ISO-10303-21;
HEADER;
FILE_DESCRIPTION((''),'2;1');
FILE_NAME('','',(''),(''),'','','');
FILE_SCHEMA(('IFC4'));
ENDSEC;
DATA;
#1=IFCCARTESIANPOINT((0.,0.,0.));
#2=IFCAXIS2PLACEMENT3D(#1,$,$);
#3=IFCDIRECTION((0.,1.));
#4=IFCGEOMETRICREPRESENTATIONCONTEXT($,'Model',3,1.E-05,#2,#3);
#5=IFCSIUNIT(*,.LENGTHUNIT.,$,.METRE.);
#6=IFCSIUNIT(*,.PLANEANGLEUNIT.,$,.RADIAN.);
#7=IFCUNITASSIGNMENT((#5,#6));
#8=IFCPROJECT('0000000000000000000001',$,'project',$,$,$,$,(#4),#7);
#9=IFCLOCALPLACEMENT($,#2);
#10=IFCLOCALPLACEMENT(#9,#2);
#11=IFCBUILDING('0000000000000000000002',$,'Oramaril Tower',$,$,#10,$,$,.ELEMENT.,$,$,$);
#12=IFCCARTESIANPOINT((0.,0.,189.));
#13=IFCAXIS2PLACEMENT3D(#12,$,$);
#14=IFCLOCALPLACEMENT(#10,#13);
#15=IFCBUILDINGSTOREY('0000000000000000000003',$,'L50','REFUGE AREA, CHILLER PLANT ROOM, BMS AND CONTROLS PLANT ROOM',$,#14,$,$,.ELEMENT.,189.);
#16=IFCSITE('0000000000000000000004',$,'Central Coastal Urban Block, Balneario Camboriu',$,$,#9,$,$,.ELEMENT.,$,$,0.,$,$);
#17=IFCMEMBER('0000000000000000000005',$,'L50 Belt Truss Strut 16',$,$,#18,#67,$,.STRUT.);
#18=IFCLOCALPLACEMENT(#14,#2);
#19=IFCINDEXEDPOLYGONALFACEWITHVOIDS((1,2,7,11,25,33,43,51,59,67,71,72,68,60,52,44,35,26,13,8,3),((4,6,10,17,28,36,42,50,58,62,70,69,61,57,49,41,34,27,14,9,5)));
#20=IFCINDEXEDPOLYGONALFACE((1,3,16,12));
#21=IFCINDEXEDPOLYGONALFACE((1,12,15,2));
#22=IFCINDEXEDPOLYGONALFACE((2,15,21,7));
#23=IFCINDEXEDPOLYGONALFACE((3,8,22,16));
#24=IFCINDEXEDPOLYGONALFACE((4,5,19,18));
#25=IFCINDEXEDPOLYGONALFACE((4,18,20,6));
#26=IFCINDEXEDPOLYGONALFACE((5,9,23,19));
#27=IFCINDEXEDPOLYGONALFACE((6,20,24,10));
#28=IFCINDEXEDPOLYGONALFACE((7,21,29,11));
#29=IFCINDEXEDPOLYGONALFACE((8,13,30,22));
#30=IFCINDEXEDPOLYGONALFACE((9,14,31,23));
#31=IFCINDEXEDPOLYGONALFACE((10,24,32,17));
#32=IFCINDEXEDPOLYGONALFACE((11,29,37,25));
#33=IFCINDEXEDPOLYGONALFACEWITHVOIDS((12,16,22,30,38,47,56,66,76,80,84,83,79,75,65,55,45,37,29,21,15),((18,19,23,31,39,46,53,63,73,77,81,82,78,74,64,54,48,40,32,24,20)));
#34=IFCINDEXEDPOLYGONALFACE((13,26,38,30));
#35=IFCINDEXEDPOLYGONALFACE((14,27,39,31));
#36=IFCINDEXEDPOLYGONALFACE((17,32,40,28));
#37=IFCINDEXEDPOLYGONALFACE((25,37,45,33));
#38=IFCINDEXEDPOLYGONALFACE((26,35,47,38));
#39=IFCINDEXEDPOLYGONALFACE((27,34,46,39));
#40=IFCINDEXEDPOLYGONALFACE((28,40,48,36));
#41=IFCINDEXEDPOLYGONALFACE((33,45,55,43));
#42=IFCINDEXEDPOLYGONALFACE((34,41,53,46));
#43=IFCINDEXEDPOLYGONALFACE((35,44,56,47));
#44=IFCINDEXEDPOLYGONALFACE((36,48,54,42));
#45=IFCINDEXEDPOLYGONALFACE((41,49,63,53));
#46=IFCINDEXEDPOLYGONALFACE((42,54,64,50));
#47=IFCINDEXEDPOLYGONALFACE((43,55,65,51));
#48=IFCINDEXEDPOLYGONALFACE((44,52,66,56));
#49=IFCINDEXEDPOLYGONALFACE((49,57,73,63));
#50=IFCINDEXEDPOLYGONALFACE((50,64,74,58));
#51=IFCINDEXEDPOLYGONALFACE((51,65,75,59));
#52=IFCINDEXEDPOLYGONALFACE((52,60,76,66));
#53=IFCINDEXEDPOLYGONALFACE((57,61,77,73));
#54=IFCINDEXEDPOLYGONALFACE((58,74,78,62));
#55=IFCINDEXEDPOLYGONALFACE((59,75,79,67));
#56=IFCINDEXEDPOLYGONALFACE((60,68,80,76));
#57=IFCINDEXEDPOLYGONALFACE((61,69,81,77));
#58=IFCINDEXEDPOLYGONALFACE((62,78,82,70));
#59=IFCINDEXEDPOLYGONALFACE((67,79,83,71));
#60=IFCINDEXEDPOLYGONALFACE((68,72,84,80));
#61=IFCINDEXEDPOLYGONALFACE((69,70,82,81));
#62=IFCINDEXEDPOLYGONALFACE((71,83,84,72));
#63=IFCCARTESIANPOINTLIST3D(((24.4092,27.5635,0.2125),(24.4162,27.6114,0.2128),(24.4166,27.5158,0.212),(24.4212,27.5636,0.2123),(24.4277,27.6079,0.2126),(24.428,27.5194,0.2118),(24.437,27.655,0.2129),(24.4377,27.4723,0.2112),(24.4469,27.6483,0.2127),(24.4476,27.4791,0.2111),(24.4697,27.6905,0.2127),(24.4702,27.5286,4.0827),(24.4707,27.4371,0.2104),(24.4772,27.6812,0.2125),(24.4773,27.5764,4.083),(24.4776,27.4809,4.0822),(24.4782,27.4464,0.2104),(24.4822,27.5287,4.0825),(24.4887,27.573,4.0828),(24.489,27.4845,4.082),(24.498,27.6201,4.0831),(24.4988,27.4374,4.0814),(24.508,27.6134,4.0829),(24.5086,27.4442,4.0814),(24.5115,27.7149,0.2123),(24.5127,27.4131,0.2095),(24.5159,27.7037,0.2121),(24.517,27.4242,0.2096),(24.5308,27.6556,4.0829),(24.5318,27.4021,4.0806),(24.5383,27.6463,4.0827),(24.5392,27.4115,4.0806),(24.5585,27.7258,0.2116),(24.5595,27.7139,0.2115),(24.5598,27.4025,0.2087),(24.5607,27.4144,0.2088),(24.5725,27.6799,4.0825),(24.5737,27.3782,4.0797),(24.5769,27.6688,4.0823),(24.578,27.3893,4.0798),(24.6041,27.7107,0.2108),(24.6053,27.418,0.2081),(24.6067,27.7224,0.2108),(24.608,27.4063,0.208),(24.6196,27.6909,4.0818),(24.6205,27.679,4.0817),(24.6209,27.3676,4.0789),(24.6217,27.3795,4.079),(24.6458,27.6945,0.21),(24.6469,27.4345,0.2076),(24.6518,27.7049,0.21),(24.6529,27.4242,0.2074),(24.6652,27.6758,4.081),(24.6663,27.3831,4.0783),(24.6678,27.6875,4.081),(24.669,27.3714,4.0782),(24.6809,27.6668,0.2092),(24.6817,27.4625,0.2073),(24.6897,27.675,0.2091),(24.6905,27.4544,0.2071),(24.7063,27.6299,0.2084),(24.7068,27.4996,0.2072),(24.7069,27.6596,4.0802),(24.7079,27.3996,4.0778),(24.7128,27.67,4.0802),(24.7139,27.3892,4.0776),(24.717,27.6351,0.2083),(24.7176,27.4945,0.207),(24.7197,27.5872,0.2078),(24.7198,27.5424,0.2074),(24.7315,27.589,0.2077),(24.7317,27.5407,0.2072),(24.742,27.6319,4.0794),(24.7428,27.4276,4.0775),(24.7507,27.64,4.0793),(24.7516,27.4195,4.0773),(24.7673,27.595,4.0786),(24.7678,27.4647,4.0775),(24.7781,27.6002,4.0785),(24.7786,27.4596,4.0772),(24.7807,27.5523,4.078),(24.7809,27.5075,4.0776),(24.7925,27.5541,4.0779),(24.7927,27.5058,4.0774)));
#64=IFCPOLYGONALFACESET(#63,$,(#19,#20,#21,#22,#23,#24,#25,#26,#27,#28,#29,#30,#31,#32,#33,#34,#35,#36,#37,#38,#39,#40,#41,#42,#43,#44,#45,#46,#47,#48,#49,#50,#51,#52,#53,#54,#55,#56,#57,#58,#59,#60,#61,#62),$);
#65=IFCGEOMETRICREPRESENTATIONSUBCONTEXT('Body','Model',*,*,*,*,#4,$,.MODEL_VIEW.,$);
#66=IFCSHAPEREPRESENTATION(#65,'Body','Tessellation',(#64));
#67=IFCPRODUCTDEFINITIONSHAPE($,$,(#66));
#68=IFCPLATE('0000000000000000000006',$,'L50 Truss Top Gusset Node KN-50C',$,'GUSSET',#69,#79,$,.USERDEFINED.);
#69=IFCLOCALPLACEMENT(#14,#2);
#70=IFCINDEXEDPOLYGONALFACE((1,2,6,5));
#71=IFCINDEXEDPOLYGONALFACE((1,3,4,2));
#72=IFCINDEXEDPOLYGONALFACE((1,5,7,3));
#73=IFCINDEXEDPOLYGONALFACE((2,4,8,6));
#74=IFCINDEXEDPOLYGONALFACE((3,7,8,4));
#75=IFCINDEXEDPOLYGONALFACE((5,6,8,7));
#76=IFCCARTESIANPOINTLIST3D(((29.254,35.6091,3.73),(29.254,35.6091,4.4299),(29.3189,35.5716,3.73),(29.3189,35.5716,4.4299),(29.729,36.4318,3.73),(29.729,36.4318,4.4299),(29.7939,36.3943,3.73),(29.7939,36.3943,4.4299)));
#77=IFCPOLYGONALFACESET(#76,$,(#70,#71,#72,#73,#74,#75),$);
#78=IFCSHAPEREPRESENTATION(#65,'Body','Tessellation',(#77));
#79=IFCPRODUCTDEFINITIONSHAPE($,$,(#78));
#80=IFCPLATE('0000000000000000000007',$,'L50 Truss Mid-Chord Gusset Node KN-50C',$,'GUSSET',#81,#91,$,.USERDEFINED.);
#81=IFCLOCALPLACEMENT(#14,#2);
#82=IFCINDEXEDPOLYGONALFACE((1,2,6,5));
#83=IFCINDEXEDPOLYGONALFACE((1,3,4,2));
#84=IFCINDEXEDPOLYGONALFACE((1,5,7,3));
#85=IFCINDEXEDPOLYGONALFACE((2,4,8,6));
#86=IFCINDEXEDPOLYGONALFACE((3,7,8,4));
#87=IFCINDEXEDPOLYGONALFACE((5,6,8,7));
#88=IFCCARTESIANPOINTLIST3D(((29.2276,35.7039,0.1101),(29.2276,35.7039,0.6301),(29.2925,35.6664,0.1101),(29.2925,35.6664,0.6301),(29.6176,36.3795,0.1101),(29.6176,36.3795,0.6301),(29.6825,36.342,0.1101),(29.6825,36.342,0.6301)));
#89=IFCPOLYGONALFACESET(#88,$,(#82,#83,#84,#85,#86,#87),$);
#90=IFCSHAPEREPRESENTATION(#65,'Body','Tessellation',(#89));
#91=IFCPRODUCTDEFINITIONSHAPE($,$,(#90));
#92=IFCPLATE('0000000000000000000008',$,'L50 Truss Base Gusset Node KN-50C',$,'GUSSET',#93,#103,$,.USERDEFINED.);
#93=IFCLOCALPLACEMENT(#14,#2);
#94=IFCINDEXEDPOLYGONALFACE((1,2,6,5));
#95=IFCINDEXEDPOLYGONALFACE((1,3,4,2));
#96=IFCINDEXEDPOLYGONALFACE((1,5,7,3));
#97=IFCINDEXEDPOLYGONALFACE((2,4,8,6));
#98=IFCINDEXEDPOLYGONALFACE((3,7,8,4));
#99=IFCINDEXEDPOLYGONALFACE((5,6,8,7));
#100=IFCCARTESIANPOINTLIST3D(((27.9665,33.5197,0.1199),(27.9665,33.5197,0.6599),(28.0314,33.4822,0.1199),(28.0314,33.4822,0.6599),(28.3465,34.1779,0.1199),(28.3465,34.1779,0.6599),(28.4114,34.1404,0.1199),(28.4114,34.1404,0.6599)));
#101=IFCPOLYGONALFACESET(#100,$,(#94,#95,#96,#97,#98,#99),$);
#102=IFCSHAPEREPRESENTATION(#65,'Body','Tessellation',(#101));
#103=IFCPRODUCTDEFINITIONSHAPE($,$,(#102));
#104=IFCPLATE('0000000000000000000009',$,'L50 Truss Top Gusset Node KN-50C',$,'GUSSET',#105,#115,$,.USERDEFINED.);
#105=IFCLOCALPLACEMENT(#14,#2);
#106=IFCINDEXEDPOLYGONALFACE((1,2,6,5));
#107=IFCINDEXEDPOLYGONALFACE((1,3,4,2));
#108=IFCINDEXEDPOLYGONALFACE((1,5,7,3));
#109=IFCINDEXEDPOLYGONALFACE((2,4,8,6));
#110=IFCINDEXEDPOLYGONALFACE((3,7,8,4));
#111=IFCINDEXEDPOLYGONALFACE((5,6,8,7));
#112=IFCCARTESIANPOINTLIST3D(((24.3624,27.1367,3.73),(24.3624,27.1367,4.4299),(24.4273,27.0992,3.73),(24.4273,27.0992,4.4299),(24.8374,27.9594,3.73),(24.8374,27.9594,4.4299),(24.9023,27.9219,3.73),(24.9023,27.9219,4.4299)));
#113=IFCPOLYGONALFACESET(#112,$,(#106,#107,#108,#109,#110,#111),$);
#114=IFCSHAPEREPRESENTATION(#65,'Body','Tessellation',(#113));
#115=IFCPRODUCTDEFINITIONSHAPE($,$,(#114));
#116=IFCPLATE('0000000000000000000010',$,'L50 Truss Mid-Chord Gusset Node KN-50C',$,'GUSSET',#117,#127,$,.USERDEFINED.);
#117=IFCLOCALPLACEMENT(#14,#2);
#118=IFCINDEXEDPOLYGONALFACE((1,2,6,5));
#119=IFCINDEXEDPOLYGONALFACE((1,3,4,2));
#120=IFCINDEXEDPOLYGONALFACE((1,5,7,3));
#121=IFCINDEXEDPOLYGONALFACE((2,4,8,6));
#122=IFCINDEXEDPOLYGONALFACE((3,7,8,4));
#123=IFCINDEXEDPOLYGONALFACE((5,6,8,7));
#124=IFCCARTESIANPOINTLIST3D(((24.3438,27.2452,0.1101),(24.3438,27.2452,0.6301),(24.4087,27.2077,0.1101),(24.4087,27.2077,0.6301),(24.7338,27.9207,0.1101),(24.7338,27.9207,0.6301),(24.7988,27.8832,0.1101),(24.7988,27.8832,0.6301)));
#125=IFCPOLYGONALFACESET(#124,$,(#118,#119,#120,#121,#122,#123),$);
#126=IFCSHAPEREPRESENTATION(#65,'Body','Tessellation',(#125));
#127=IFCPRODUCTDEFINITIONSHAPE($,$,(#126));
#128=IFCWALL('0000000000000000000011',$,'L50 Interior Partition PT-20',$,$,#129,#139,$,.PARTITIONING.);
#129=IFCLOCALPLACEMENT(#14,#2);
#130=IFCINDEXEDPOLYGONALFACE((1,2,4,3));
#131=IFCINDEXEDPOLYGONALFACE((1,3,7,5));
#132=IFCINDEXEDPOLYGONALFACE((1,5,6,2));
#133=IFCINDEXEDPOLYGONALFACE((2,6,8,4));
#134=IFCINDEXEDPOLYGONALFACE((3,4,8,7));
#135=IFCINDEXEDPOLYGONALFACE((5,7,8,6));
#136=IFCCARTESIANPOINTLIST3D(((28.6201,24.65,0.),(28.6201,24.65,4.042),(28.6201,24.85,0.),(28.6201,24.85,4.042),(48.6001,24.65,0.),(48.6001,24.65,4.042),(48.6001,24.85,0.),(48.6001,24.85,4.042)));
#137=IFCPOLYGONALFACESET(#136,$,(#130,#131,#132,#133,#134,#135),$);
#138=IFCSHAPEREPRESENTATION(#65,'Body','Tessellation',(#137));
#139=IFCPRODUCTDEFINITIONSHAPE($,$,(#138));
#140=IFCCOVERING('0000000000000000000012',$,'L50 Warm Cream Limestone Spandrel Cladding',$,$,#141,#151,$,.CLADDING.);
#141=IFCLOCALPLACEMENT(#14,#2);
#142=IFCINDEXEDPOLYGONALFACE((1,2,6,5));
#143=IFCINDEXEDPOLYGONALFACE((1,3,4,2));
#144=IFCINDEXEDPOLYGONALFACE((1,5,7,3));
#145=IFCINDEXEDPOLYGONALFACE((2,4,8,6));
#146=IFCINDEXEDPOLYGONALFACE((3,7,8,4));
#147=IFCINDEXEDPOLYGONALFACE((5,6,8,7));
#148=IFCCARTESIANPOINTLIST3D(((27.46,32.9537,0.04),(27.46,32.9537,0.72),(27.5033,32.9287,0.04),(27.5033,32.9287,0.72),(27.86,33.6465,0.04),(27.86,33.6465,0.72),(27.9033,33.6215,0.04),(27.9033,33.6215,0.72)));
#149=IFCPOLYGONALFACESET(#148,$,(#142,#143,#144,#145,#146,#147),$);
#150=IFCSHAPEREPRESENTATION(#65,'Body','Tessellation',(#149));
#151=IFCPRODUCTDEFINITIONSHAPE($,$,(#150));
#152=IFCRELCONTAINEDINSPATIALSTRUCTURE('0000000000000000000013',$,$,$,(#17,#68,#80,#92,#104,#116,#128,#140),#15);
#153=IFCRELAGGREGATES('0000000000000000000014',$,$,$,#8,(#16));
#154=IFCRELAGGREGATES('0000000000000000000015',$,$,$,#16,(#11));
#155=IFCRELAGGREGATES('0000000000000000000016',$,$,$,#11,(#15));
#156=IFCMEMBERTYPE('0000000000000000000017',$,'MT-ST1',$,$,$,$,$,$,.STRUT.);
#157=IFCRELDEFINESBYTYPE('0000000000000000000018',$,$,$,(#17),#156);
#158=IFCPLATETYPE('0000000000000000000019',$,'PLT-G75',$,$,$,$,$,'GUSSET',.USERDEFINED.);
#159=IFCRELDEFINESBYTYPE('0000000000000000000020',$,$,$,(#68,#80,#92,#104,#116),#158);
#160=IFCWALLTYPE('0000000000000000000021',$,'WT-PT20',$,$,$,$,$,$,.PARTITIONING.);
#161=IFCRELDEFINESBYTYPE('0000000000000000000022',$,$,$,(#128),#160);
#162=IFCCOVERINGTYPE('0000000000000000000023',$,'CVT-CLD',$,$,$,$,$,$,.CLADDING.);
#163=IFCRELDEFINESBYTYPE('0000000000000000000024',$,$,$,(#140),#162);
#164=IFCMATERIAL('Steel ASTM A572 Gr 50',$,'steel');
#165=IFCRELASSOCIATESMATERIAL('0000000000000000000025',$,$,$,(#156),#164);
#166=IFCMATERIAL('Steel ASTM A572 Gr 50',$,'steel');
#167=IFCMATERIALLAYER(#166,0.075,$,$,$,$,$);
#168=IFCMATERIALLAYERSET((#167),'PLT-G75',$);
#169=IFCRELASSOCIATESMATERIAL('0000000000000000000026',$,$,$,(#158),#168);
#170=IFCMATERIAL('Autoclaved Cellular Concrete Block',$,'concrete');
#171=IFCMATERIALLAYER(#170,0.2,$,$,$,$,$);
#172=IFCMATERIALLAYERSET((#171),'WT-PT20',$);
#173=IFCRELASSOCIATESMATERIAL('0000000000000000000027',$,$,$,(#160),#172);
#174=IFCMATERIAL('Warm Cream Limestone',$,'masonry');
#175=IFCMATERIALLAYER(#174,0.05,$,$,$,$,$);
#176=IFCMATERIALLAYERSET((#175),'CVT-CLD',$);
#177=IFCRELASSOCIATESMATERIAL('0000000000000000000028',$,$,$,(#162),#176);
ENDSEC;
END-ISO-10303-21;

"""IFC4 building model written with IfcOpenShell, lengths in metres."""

from ifc_helpers import new_model, si_unit, direction, frame, frame_2d, origin, origin_2d, place, context, subcontext, project, spatial, rectangle, hollow_circle, extrude, material, layer, layer_set, material_profile, profile_set, type_object, element, save


model = new_model("IFC4")

# Units and contexts
model_context = context("Model", 3, precision=1e-05, world=origin(), true_north=direction((0.0, 1.0)))
body_context = subcontext(model_context, "Body", "Model", "MODEL_VIEW")
ifc_project = project(units=[si_unit("LENGTHUNIT", "METRE"), si_unit("PLANEANGLEUNIT", "RADIAN")], contexts=[model_context])

# Site, building, storey
site_placement = place(None, origin())
site = spatial("IfcSite", under=ifc_project, at=site_placement, Name="Central Coastal Urban Block, Balneario Camboriu", CompositionType="ELEMENT", RefElevation=0.0)
building_placement = place(site_placement, origin())
building = spatial("IfcBuilding", under=site, at=building_placement, Name="Oramaril Tower", CompositionType="ELEMENT")
storey_placement = place(building_placement, frame((0.0, 0.0, 189.0)))
storey = spatial("IfcBuildingStorey", under=building, at=storey_placement, Name="L50", Description="REFUGE AREA, CHILLER PLANT ROOM, BMS AND CONTROLS PLANT ROOM", CompositionType="ELEMENT", Elevation=189.0)

# Member
ifc_material_1 = material(Name="Steel ASTM A572 Gr 50", Category="steel")
ifc_material_profile_1 = material_profile(ifc_material_1, hollow_circle(Radius=0.1621, WallThickness=0.012, at=origin_2d()), Name="CHS324X12")
ifc_profile_set_1 = profile_set([ifc_material_profile_1], Name="Steel ASTM A572 Gr 50")
member_type_1 = type_object("IfcMemberType", Name="MT-ST1", PredefinedType="STRUT", material=ifc_profile_set_1)
for number, where, z_axis, x_axis, name in (
    (1, (24.5713, 27.5642, 0.21), (0.015768, -0.009019, 0.999835), (0.496513, 0.868029, 0.0), "L50 Belt Truss Strut 16"),
):
    element("IfcMember", number, at=place(storey_placement, frame(where, z_axis=z_axis, x_axis=x_axis)), inside=storey, type_object=member_type_1, Name=name, PredefinedType="STRUT", context=body_context, shape_type="SweptSolid", body=[
        extrude(hollow_circle(Radius=0.1621, WallThickness=0.012, at=origin_2d()), origin(), (0.0, 0.0, 1.0), 3.8708),
    ])

# Plates
ifc_material_2 = material(Name="Steel ASTM A572 Gr 50", Category="steel")
ifc_layer_1 = layer(ifc_material_2, 0.075)
ifc_layer_set_1 = layer_set([ifc_layer_1], Name="PLT-G75")
plate_type = type_object("IfcPlateType", Name="PLT-G75", ElementType="GUSSET", PredefinedType="USERDEFINED", material=ifc_layer_set_1)
plate_1_placement = place(storey_placement, frame((29.5239, 36.0017, 3.73), z_axis=(0.0, 0.0, 1.0), x_axis=(-0.499991, -0.866031, 0.0)))
element("IfcPlate", 2, at=plate_1_placement, inside=storey, type_object=plate_type, Name="L50 Truss Top Gusset Node KN-50C", ObjectType="GUSSET", PredefinedType="USERDEFINED", context=body_context, shape_type="SweptSolid", body=[
    extrude(rectangle(XDim=0.95, YDim=0.075, at=origin_2d()), origin(), (0.0, 0.0, 1.0), 0.7),
])
plate_2_placement = place(storey_placement, frame((29.4551, 36.0229, 0.1101), z_axis=(0.0, 0.0, 1.0), x_axis=(-0.499991, -0.866031, 0.0)))
element("IfcPlate", 3, at=plate_2_placement, inside=storey, type_object=plate_type, Name="L50 Truss Mid-Chord Gusset Node KN-50C", ObjectType="GUSSET", PredefinedType="USERDEFINED", context=body_context, shape_type="SweptSolid", body=[
    extrude(rectangle(XDim=0.78, YDim=0.075, at=origin_2d()), origin(), (0.0, 0.0, 1.0), 0.52),
])
plate_3_placement = place(storey_placement, frame((28.189, 33.8301, 0.1199), z_axis=(0.0, 0.0, 1.0), x_axis=(-0.499991, -0.866031, 0.0)))
element("IfcPlate", 4, at=plate_3_placement, inside=storey, type_object=plate_type, Name="L50 Truss Base Gusset Node KN-50C", ObjectType="GUSSET", PredefinedType="USERDEFINED", context=body_context, shape_type="SweptSolid", body=[
    extrude(rectangle(XDim=0.76, YDim=0.075, at=origin_2d()), origin(), (0.0, 0.0, 1.0), 0.54),
])
plate_4_placement = place(storey_placement, frame((24.6323, 27.5293, 3.73), z_axis=(0.0, 0.0, 1.0), x_axis=(-0.500008, -0.866021, 0.0)))
element("IfcPlate", 5, at=plate_4_placement, inside=storey, type_object=plate_type, Name="L50 Truss Top Gusset Node KN-50C", ObjectType="GUSSET", PredefinedType="USERDEFINED", context=body_context, shape_type="SweptSolid", body=[
    extrude(rectangle(XDim=0.95, YDim=0.075, at=origin_2d()), origin(), (0.0, 0.0, 1.0), 0.7),
])
plate_5_placement = place(storey_placement, frame((24.5713, 27.5642, 0.1101), z_axis=(0.0, 0.0, 1.0), x_axis=(-0.500008, -0.866021, 0.0)))
element("IfcPlate", 6, at=plate_5_placement, inside=storey, type_object=plate_type, Name="L50 Truss Mid-Chord Gusset Node KN-50C", ObjectType="GUSSET", PredefinedType="USERDEFINED", context=body_context, shape_type="SweptSolid", body=[
    extrude(rectangle(XDim=0.78, YDim=0.075, at=origin_2d()), origin(), (0.0, 0.0, 1.0), 0.52),
])

# Wall
ifc_material_3 = material(Name="Autoclaved Cellular Concrete Block", Category="concrete")
ifc_layer_2 = layer(ifc_material_3, 0.2)
ifc_layer_set_2 = layer_set([ifc_layer_2], Name="WT-PT20")
wall_type_1 = type_object("IfcWallType", Name="WT-PT20", PredefinedType="PARTITIONING", material=ifc_layer_set_2)
wall_1_placement = place(storey_placement, frame((28.6201, 24.75, 0.0), z_axis=(0.0, 0.0, 1.0), x_axis=(1.0, 0.0, 0.0)))
element("IfcWall", 7, at=wall_1_placement, inside=storey, type_object=wall_type_1, Name="L50 Interior Partition PT-20", PredefinedType="PARTITIONING", context=body_context, shape_type="SweptSolid", body=[
    extrude(rectangle(XDim=19.98, YDim=0.2, at=frame_2d((9.99, 0.0))), origin(), (0.0, 0.0, 1.0), 4.042),
])

# Covering
ifc_material_4 = material(Name="Warm Cream Limestone", Category="masonry")
ifc_layer_3 = layer(ifc_material_4, 0.05)
ifc_layer_set_3 = layer_set([ifc_layer_3], Name="CVT-CLD")
covering_type = type_object("IfcCoveringType", Name="CVT-CLD", PredefinedType="CLADDING", material=ifc_layer_set_3)
covering_placement = place(storey_placement, frame((27.6816, 33.2876, 0.04), z_axis=(0.0, 0.0, 1.0), x_axis=(-0.5, -0.866025, 0.0)))
element("IfcCovering", 8, at=covering_placement, inside=storey, type_object=covering_type, Name="L50 Warm Cream Limestone Spandrel Cladding", PredefinedType="CLADDING", context=body_context, shape_type="SweptSolid", body=[
    extrude(rectangle(XDim=0.8, YDim=0.05, at=origin_2d()), origin(), (0.0, 0.0, 1.0), 0.6799),
])

save(model, "model.ifc")
